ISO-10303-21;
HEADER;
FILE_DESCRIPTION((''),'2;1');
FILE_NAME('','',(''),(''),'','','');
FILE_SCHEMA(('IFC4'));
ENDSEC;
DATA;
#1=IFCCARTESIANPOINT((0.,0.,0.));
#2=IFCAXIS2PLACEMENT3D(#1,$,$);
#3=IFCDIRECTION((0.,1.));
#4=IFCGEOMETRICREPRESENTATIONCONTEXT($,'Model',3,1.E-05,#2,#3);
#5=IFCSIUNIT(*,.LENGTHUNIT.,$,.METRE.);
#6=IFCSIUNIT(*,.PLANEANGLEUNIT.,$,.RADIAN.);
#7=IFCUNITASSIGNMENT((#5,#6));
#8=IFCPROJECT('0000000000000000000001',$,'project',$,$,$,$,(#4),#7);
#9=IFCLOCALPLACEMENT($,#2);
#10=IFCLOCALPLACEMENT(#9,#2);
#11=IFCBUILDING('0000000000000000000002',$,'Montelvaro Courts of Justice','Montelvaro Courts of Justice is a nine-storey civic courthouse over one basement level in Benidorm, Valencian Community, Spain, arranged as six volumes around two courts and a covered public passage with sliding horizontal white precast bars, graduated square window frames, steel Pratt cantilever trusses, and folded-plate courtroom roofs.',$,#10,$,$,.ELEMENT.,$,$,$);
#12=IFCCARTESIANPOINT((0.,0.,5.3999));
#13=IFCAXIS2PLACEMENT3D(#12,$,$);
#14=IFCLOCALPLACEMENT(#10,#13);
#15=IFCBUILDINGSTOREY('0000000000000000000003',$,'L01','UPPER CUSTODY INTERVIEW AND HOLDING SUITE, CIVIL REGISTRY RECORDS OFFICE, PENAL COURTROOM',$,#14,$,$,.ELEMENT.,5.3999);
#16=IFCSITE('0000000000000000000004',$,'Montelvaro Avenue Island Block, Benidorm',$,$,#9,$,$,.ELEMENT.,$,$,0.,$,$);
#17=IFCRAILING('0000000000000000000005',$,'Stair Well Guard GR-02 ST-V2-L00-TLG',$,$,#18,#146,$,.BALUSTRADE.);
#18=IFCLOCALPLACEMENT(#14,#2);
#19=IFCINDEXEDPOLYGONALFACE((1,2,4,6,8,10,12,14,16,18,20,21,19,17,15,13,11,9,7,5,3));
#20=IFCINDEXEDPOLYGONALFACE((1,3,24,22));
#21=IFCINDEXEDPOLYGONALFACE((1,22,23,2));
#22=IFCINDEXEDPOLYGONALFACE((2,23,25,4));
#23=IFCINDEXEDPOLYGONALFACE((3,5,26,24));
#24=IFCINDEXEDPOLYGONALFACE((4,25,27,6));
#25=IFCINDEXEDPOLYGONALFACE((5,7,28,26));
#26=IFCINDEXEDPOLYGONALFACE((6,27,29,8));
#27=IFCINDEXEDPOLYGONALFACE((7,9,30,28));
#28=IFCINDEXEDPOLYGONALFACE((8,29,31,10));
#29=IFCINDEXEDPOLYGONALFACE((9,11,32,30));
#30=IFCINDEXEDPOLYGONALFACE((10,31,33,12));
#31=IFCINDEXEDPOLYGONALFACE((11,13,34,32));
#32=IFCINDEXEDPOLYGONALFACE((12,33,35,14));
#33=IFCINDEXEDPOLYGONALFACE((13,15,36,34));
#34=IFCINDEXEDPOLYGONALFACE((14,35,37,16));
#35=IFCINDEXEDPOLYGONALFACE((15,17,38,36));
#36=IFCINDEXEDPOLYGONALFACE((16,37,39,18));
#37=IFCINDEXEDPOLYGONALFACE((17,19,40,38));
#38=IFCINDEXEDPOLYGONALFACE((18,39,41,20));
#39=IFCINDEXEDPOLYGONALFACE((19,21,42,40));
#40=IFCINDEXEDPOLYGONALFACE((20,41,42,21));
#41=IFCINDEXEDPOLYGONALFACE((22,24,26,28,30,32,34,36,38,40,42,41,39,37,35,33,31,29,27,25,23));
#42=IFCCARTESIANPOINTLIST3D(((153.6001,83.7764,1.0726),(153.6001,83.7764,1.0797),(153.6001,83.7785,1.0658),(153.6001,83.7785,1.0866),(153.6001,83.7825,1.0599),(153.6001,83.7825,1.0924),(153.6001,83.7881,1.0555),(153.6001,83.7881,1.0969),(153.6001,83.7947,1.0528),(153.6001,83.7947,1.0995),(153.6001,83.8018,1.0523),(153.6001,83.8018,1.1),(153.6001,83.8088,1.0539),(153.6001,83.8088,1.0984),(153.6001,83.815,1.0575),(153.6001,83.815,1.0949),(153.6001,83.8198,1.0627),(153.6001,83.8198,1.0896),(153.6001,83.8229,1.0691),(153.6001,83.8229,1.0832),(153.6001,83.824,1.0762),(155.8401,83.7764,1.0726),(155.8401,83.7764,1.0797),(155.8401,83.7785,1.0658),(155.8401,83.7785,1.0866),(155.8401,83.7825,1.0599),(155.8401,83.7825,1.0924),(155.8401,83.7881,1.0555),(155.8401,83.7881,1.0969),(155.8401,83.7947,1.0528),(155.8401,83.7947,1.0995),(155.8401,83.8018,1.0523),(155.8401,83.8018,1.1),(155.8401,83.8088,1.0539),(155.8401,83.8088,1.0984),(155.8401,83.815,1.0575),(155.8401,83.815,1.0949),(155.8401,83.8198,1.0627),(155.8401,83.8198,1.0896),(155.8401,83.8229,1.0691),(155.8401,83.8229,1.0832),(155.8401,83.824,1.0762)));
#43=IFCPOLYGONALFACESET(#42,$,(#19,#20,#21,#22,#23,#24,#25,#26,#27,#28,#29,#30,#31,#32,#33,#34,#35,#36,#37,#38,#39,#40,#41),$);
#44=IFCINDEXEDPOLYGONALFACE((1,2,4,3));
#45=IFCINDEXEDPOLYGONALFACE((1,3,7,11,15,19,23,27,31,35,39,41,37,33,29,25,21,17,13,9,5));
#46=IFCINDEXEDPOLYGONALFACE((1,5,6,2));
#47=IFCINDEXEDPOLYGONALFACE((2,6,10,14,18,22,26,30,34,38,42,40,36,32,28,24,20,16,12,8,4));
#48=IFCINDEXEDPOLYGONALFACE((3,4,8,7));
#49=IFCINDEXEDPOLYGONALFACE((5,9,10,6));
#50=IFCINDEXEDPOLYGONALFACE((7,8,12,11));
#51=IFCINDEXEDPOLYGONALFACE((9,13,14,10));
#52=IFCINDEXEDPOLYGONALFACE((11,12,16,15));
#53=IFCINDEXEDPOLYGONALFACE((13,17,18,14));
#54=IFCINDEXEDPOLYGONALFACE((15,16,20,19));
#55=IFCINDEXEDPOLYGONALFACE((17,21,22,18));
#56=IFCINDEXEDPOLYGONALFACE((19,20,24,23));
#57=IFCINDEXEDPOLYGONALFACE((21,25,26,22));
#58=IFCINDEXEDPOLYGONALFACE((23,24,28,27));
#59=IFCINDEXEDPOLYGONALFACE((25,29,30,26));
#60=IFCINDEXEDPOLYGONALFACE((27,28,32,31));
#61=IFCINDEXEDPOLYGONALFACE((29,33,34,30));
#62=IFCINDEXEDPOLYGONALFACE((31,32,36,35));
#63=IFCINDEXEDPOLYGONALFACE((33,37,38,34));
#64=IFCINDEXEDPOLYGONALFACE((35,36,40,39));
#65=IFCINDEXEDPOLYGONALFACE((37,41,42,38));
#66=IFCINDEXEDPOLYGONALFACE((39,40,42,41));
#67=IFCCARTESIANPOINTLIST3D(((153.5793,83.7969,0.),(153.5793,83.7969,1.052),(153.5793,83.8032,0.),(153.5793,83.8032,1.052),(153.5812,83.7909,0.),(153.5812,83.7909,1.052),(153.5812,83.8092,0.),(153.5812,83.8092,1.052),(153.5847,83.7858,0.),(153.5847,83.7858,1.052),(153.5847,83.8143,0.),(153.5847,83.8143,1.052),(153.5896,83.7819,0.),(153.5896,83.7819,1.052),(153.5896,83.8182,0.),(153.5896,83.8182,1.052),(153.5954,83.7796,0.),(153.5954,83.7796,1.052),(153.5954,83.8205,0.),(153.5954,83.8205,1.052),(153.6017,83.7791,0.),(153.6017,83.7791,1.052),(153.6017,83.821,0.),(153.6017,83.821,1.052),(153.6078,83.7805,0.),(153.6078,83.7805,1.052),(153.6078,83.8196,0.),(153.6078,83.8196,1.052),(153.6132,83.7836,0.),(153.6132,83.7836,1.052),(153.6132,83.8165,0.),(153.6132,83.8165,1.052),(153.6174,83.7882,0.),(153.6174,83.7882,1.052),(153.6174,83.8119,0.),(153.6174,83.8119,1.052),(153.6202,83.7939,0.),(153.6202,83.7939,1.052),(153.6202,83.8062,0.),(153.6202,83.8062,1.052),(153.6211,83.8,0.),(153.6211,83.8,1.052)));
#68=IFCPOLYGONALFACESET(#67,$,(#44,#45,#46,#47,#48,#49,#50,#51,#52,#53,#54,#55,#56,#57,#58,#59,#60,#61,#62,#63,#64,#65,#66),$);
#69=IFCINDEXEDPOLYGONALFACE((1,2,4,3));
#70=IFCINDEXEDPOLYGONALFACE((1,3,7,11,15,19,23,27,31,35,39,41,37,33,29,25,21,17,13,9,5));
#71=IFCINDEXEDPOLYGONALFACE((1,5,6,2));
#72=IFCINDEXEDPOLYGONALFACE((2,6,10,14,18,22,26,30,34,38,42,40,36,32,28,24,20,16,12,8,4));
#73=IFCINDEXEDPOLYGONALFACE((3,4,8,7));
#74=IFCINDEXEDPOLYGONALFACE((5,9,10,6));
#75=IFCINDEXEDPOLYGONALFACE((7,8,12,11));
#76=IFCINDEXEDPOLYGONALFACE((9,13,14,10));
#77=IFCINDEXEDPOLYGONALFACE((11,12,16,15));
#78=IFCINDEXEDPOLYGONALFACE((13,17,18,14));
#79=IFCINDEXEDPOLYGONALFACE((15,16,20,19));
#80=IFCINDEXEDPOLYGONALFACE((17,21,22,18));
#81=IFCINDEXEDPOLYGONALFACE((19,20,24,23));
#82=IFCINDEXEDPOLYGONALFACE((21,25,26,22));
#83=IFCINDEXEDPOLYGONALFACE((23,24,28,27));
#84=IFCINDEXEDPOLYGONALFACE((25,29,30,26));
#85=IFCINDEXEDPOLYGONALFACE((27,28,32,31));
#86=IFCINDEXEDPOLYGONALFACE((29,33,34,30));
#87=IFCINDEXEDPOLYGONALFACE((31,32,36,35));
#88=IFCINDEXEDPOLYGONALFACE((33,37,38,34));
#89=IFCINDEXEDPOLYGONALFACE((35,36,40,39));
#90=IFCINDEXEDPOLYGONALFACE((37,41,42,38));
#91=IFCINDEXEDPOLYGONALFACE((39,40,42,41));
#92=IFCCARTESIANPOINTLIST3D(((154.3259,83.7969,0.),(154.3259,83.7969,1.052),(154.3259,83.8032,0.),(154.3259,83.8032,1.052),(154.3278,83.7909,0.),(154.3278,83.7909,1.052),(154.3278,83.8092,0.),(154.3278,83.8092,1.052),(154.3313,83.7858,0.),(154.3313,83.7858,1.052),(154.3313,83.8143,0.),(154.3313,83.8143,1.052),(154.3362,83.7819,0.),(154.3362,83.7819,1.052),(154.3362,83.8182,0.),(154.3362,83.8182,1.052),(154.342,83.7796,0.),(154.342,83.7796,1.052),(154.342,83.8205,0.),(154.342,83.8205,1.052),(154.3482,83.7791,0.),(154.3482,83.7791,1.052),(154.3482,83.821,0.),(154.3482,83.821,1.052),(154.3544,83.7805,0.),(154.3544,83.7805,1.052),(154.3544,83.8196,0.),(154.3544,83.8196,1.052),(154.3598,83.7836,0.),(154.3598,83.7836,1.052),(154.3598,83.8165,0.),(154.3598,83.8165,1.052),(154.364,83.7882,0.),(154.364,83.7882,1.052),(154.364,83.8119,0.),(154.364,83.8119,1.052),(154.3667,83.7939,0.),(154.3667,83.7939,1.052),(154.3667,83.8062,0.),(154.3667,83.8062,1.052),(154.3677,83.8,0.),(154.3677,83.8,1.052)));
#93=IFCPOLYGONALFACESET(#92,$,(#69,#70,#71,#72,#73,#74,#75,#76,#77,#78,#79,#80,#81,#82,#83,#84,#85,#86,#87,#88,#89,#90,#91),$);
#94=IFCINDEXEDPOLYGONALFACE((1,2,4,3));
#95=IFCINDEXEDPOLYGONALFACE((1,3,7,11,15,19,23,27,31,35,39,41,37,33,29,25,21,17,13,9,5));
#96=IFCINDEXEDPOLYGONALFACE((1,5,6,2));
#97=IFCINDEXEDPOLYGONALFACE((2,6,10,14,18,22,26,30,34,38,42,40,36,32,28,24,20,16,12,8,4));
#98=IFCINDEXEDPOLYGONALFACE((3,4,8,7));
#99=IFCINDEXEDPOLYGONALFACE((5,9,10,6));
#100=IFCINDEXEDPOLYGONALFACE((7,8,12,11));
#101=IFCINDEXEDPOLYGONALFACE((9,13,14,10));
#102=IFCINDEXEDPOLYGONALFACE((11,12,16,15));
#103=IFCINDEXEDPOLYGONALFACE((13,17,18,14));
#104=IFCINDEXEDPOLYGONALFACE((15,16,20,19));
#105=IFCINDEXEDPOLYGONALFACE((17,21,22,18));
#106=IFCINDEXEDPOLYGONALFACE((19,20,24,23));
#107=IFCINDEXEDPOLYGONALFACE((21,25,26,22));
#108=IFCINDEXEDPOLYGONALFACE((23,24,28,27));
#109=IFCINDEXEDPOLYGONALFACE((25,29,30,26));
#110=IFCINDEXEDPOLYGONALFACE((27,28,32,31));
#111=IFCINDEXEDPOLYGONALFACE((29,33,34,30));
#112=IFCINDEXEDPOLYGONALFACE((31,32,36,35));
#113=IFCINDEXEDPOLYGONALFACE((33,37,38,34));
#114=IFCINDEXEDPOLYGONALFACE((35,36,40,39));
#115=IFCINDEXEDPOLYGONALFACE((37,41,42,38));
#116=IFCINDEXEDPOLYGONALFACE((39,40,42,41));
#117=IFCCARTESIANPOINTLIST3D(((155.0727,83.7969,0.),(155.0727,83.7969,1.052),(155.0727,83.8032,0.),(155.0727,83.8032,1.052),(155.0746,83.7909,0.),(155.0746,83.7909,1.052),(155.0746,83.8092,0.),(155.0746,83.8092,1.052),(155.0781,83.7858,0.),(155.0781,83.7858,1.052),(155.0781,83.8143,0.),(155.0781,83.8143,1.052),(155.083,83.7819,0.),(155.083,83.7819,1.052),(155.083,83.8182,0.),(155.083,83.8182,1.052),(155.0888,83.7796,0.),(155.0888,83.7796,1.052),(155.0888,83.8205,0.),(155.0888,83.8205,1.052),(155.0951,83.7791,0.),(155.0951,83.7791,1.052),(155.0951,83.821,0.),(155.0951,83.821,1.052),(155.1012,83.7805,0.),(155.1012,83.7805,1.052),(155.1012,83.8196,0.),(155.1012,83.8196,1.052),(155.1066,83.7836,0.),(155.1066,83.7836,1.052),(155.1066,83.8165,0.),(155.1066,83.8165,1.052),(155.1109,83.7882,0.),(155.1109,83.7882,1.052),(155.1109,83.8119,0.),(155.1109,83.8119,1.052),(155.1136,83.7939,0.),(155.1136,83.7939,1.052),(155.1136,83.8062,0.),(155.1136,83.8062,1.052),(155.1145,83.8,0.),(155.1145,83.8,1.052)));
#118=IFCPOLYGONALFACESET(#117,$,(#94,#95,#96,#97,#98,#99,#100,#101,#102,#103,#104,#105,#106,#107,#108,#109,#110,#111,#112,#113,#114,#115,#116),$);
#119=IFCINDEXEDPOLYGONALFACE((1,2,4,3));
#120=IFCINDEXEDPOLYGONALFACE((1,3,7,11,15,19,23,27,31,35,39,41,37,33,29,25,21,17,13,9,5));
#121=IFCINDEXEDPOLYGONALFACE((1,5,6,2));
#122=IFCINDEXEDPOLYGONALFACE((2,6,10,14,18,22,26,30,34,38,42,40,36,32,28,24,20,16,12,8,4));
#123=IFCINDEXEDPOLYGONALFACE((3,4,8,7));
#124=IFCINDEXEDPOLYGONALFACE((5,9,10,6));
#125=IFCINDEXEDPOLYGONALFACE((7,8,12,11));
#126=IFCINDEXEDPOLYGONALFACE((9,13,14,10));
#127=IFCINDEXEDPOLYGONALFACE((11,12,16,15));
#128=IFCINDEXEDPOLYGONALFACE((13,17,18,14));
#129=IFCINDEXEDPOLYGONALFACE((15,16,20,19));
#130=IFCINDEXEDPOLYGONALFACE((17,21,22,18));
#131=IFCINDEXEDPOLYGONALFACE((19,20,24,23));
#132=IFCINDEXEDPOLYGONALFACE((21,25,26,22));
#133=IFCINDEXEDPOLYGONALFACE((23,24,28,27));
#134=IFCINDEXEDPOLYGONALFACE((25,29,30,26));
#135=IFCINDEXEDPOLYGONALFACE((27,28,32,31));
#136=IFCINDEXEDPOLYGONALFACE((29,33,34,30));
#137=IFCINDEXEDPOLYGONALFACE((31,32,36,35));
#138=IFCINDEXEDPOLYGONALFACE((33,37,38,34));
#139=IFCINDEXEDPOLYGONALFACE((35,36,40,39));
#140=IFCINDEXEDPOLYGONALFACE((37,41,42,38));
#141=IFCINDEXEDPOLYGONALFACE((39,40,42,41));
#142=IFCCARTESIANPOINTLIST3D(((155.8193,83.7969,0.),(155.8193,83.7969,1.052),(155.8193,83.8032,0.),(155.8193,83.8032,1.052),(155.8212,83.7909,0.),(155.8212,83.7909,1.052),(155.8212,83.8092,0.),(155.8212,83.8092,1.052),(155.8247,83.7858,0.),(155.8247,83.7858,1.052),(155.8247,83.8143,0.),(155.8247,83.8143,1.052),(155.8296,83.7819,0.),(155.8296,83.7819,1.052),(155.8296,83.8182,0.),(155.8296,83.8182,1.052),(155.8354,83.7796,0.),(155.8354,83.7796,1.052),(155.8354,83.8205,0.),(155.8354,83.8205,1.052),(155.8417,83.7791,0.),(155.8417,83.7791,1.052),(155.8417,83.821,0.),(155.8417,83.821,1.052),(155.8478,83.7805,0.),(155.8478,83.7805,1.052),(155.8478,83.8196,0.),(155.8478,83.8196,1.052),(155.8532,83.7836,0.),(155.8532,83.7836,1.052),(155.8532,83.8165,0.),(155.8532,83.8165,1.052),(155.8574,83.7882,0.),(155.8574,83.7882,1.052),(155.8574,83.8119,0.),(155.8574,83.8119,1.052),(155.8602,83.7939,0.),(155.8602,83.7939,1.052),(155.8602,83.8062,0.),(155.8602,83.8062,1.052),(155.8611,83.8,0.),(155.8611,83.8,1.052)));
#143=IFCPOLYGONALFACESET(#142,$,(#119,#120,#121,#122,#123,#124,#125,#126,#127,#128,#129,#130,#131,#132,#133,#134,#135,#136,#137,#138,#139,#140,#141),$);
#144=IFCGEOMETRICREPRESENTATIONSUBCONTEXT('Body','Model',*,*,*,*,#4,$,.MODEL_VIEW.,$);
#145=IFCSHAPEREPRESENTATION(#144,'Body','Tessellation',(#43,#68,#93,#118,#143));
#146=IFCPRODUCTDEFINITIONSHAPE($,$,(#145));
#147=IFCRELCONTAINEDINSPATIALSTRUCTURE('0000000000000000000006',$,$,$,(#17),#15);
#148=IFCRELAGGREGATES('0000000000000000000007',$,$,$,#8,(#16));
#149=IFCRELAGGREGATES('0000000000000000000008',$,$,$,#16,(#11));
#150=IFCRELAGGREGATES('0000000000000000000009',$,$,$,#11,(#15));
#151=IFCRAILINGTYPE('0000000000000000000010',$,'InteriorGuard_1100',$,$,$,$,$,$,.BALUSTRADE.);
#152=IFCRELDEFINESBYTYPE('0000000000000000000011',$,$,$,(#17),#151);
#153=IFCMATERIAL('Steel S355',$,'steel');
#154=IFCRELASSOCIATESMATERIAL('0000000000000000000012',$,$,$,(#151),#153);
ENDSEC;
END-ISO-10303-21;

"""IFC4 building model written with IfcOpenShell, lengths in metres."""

from ifc_helpers import new_model, si_unit, direction, frame, origin, origin_2d, place, context, subcontext, project, spatial, circle, extrude, material, type_object, element, save


model = new_model("IFC4")

# Units and contexts
model_context = context("Model", 3, precision=1e-05, world=origin(), true_north=direction((0.0, 1.0)))
body_context = subcontext(model_context, "Body", "Model", "MODEL_VIEW")
ifc_project = project(units=[si_unit("LENGTHUNIT", "METRE"), si_unit("PLANEANGLEUNIT", "RADIAN")], contexts=[model_context])

# Site, building, storey
site_placement = place(None, origin())
site = spatial("IfcSite", under=ifc_project, at=site_placement, Name="Montelvaro Avenue Island Block, Benidorm", CompositionType="ELEMENT", RefElevation=0.0)
building_placement = place(site_placement, origin())
building = spatial("IfcBuilding", under=site, at=building_placement, Name="Montelvaro Courts of Justice", Description="Montelvaro Courts of Justice is a nine-storey civic courthouse over one basement level in Benidorm, Valencian Community, Spain, arranged as six volumes around two courts and a covered public passage with sliding horizontal white precast bars, graduated square window frames, steel Pratt cantilever trusses, and folded-plate courtroom roofs.", CompositionType="ELEMENT")
storey_placement = place(building_placement, frame((0.0, 0.0, 5.3999)))
storey = spatial("IfcBuildingStorey", under=building, at=storey_placement, Name="L01", Description="UPPER CUSTODY INTERVIEW AND HOLDING SUITE, CIVIL REGISTRY RECORDS OFFICE, PENAL COURTROOM", CompositionType="ELEMENT", Elevation=5.3999)

# Shared definitions
ifc_material_1 = material(Name="Steel S355", Category="steel")

# Railing
railing_type_1 = type_object("IfcRailingType", Name="InteriorGuard_1100", PredefinedType="BALUSTRADE", material=ifc_material_1)
railing_1_placement = place(storey_placement, frame((153.6001, 83.8, 0.0)))
element("IfcRailing", 1, at=railing_1_placement, inside=storey, type_object=railing_type_1, Name="Stair Well Guard GR-02 ST-V2-L00-TLG", PredefinedType="BALUSTRADE", context=body_context, shape_type="SweptSolid", body=[
    extrude(circle(Radius=0.0239, at=origin_2d()), frame((0.0, 0.0, 1.0762), z_axis=(1.0, 0.0, 0.0), x_axis=(0.0, 1.0, 0.0)), (0.0, 0.0, 1.0), 2.24),
    extrude(circle(Radius=0.021, at=origin_2d()), origin(), (0.0, 0.0, 1.0), 1.052),
    extrude(circle(Radius=0.021, at=origin_2d()), frame((0.7466, 0.0, 0.0)), (0.0, 0.0, 1.0), 1.052),
    extrude(circle(Radius=0.021, at=origin_2d()), frame((1.4934, 0.0, 0.0)), (0.0, 0.0, 1.0), 1.052),
    extrude(circle(Radius=0.021, at=origin_2d()), frame((2.24, 0.0, 0.0)), (0.0, 0.0, 1.0), 1.052),
])

save(model, "model.ifc")
